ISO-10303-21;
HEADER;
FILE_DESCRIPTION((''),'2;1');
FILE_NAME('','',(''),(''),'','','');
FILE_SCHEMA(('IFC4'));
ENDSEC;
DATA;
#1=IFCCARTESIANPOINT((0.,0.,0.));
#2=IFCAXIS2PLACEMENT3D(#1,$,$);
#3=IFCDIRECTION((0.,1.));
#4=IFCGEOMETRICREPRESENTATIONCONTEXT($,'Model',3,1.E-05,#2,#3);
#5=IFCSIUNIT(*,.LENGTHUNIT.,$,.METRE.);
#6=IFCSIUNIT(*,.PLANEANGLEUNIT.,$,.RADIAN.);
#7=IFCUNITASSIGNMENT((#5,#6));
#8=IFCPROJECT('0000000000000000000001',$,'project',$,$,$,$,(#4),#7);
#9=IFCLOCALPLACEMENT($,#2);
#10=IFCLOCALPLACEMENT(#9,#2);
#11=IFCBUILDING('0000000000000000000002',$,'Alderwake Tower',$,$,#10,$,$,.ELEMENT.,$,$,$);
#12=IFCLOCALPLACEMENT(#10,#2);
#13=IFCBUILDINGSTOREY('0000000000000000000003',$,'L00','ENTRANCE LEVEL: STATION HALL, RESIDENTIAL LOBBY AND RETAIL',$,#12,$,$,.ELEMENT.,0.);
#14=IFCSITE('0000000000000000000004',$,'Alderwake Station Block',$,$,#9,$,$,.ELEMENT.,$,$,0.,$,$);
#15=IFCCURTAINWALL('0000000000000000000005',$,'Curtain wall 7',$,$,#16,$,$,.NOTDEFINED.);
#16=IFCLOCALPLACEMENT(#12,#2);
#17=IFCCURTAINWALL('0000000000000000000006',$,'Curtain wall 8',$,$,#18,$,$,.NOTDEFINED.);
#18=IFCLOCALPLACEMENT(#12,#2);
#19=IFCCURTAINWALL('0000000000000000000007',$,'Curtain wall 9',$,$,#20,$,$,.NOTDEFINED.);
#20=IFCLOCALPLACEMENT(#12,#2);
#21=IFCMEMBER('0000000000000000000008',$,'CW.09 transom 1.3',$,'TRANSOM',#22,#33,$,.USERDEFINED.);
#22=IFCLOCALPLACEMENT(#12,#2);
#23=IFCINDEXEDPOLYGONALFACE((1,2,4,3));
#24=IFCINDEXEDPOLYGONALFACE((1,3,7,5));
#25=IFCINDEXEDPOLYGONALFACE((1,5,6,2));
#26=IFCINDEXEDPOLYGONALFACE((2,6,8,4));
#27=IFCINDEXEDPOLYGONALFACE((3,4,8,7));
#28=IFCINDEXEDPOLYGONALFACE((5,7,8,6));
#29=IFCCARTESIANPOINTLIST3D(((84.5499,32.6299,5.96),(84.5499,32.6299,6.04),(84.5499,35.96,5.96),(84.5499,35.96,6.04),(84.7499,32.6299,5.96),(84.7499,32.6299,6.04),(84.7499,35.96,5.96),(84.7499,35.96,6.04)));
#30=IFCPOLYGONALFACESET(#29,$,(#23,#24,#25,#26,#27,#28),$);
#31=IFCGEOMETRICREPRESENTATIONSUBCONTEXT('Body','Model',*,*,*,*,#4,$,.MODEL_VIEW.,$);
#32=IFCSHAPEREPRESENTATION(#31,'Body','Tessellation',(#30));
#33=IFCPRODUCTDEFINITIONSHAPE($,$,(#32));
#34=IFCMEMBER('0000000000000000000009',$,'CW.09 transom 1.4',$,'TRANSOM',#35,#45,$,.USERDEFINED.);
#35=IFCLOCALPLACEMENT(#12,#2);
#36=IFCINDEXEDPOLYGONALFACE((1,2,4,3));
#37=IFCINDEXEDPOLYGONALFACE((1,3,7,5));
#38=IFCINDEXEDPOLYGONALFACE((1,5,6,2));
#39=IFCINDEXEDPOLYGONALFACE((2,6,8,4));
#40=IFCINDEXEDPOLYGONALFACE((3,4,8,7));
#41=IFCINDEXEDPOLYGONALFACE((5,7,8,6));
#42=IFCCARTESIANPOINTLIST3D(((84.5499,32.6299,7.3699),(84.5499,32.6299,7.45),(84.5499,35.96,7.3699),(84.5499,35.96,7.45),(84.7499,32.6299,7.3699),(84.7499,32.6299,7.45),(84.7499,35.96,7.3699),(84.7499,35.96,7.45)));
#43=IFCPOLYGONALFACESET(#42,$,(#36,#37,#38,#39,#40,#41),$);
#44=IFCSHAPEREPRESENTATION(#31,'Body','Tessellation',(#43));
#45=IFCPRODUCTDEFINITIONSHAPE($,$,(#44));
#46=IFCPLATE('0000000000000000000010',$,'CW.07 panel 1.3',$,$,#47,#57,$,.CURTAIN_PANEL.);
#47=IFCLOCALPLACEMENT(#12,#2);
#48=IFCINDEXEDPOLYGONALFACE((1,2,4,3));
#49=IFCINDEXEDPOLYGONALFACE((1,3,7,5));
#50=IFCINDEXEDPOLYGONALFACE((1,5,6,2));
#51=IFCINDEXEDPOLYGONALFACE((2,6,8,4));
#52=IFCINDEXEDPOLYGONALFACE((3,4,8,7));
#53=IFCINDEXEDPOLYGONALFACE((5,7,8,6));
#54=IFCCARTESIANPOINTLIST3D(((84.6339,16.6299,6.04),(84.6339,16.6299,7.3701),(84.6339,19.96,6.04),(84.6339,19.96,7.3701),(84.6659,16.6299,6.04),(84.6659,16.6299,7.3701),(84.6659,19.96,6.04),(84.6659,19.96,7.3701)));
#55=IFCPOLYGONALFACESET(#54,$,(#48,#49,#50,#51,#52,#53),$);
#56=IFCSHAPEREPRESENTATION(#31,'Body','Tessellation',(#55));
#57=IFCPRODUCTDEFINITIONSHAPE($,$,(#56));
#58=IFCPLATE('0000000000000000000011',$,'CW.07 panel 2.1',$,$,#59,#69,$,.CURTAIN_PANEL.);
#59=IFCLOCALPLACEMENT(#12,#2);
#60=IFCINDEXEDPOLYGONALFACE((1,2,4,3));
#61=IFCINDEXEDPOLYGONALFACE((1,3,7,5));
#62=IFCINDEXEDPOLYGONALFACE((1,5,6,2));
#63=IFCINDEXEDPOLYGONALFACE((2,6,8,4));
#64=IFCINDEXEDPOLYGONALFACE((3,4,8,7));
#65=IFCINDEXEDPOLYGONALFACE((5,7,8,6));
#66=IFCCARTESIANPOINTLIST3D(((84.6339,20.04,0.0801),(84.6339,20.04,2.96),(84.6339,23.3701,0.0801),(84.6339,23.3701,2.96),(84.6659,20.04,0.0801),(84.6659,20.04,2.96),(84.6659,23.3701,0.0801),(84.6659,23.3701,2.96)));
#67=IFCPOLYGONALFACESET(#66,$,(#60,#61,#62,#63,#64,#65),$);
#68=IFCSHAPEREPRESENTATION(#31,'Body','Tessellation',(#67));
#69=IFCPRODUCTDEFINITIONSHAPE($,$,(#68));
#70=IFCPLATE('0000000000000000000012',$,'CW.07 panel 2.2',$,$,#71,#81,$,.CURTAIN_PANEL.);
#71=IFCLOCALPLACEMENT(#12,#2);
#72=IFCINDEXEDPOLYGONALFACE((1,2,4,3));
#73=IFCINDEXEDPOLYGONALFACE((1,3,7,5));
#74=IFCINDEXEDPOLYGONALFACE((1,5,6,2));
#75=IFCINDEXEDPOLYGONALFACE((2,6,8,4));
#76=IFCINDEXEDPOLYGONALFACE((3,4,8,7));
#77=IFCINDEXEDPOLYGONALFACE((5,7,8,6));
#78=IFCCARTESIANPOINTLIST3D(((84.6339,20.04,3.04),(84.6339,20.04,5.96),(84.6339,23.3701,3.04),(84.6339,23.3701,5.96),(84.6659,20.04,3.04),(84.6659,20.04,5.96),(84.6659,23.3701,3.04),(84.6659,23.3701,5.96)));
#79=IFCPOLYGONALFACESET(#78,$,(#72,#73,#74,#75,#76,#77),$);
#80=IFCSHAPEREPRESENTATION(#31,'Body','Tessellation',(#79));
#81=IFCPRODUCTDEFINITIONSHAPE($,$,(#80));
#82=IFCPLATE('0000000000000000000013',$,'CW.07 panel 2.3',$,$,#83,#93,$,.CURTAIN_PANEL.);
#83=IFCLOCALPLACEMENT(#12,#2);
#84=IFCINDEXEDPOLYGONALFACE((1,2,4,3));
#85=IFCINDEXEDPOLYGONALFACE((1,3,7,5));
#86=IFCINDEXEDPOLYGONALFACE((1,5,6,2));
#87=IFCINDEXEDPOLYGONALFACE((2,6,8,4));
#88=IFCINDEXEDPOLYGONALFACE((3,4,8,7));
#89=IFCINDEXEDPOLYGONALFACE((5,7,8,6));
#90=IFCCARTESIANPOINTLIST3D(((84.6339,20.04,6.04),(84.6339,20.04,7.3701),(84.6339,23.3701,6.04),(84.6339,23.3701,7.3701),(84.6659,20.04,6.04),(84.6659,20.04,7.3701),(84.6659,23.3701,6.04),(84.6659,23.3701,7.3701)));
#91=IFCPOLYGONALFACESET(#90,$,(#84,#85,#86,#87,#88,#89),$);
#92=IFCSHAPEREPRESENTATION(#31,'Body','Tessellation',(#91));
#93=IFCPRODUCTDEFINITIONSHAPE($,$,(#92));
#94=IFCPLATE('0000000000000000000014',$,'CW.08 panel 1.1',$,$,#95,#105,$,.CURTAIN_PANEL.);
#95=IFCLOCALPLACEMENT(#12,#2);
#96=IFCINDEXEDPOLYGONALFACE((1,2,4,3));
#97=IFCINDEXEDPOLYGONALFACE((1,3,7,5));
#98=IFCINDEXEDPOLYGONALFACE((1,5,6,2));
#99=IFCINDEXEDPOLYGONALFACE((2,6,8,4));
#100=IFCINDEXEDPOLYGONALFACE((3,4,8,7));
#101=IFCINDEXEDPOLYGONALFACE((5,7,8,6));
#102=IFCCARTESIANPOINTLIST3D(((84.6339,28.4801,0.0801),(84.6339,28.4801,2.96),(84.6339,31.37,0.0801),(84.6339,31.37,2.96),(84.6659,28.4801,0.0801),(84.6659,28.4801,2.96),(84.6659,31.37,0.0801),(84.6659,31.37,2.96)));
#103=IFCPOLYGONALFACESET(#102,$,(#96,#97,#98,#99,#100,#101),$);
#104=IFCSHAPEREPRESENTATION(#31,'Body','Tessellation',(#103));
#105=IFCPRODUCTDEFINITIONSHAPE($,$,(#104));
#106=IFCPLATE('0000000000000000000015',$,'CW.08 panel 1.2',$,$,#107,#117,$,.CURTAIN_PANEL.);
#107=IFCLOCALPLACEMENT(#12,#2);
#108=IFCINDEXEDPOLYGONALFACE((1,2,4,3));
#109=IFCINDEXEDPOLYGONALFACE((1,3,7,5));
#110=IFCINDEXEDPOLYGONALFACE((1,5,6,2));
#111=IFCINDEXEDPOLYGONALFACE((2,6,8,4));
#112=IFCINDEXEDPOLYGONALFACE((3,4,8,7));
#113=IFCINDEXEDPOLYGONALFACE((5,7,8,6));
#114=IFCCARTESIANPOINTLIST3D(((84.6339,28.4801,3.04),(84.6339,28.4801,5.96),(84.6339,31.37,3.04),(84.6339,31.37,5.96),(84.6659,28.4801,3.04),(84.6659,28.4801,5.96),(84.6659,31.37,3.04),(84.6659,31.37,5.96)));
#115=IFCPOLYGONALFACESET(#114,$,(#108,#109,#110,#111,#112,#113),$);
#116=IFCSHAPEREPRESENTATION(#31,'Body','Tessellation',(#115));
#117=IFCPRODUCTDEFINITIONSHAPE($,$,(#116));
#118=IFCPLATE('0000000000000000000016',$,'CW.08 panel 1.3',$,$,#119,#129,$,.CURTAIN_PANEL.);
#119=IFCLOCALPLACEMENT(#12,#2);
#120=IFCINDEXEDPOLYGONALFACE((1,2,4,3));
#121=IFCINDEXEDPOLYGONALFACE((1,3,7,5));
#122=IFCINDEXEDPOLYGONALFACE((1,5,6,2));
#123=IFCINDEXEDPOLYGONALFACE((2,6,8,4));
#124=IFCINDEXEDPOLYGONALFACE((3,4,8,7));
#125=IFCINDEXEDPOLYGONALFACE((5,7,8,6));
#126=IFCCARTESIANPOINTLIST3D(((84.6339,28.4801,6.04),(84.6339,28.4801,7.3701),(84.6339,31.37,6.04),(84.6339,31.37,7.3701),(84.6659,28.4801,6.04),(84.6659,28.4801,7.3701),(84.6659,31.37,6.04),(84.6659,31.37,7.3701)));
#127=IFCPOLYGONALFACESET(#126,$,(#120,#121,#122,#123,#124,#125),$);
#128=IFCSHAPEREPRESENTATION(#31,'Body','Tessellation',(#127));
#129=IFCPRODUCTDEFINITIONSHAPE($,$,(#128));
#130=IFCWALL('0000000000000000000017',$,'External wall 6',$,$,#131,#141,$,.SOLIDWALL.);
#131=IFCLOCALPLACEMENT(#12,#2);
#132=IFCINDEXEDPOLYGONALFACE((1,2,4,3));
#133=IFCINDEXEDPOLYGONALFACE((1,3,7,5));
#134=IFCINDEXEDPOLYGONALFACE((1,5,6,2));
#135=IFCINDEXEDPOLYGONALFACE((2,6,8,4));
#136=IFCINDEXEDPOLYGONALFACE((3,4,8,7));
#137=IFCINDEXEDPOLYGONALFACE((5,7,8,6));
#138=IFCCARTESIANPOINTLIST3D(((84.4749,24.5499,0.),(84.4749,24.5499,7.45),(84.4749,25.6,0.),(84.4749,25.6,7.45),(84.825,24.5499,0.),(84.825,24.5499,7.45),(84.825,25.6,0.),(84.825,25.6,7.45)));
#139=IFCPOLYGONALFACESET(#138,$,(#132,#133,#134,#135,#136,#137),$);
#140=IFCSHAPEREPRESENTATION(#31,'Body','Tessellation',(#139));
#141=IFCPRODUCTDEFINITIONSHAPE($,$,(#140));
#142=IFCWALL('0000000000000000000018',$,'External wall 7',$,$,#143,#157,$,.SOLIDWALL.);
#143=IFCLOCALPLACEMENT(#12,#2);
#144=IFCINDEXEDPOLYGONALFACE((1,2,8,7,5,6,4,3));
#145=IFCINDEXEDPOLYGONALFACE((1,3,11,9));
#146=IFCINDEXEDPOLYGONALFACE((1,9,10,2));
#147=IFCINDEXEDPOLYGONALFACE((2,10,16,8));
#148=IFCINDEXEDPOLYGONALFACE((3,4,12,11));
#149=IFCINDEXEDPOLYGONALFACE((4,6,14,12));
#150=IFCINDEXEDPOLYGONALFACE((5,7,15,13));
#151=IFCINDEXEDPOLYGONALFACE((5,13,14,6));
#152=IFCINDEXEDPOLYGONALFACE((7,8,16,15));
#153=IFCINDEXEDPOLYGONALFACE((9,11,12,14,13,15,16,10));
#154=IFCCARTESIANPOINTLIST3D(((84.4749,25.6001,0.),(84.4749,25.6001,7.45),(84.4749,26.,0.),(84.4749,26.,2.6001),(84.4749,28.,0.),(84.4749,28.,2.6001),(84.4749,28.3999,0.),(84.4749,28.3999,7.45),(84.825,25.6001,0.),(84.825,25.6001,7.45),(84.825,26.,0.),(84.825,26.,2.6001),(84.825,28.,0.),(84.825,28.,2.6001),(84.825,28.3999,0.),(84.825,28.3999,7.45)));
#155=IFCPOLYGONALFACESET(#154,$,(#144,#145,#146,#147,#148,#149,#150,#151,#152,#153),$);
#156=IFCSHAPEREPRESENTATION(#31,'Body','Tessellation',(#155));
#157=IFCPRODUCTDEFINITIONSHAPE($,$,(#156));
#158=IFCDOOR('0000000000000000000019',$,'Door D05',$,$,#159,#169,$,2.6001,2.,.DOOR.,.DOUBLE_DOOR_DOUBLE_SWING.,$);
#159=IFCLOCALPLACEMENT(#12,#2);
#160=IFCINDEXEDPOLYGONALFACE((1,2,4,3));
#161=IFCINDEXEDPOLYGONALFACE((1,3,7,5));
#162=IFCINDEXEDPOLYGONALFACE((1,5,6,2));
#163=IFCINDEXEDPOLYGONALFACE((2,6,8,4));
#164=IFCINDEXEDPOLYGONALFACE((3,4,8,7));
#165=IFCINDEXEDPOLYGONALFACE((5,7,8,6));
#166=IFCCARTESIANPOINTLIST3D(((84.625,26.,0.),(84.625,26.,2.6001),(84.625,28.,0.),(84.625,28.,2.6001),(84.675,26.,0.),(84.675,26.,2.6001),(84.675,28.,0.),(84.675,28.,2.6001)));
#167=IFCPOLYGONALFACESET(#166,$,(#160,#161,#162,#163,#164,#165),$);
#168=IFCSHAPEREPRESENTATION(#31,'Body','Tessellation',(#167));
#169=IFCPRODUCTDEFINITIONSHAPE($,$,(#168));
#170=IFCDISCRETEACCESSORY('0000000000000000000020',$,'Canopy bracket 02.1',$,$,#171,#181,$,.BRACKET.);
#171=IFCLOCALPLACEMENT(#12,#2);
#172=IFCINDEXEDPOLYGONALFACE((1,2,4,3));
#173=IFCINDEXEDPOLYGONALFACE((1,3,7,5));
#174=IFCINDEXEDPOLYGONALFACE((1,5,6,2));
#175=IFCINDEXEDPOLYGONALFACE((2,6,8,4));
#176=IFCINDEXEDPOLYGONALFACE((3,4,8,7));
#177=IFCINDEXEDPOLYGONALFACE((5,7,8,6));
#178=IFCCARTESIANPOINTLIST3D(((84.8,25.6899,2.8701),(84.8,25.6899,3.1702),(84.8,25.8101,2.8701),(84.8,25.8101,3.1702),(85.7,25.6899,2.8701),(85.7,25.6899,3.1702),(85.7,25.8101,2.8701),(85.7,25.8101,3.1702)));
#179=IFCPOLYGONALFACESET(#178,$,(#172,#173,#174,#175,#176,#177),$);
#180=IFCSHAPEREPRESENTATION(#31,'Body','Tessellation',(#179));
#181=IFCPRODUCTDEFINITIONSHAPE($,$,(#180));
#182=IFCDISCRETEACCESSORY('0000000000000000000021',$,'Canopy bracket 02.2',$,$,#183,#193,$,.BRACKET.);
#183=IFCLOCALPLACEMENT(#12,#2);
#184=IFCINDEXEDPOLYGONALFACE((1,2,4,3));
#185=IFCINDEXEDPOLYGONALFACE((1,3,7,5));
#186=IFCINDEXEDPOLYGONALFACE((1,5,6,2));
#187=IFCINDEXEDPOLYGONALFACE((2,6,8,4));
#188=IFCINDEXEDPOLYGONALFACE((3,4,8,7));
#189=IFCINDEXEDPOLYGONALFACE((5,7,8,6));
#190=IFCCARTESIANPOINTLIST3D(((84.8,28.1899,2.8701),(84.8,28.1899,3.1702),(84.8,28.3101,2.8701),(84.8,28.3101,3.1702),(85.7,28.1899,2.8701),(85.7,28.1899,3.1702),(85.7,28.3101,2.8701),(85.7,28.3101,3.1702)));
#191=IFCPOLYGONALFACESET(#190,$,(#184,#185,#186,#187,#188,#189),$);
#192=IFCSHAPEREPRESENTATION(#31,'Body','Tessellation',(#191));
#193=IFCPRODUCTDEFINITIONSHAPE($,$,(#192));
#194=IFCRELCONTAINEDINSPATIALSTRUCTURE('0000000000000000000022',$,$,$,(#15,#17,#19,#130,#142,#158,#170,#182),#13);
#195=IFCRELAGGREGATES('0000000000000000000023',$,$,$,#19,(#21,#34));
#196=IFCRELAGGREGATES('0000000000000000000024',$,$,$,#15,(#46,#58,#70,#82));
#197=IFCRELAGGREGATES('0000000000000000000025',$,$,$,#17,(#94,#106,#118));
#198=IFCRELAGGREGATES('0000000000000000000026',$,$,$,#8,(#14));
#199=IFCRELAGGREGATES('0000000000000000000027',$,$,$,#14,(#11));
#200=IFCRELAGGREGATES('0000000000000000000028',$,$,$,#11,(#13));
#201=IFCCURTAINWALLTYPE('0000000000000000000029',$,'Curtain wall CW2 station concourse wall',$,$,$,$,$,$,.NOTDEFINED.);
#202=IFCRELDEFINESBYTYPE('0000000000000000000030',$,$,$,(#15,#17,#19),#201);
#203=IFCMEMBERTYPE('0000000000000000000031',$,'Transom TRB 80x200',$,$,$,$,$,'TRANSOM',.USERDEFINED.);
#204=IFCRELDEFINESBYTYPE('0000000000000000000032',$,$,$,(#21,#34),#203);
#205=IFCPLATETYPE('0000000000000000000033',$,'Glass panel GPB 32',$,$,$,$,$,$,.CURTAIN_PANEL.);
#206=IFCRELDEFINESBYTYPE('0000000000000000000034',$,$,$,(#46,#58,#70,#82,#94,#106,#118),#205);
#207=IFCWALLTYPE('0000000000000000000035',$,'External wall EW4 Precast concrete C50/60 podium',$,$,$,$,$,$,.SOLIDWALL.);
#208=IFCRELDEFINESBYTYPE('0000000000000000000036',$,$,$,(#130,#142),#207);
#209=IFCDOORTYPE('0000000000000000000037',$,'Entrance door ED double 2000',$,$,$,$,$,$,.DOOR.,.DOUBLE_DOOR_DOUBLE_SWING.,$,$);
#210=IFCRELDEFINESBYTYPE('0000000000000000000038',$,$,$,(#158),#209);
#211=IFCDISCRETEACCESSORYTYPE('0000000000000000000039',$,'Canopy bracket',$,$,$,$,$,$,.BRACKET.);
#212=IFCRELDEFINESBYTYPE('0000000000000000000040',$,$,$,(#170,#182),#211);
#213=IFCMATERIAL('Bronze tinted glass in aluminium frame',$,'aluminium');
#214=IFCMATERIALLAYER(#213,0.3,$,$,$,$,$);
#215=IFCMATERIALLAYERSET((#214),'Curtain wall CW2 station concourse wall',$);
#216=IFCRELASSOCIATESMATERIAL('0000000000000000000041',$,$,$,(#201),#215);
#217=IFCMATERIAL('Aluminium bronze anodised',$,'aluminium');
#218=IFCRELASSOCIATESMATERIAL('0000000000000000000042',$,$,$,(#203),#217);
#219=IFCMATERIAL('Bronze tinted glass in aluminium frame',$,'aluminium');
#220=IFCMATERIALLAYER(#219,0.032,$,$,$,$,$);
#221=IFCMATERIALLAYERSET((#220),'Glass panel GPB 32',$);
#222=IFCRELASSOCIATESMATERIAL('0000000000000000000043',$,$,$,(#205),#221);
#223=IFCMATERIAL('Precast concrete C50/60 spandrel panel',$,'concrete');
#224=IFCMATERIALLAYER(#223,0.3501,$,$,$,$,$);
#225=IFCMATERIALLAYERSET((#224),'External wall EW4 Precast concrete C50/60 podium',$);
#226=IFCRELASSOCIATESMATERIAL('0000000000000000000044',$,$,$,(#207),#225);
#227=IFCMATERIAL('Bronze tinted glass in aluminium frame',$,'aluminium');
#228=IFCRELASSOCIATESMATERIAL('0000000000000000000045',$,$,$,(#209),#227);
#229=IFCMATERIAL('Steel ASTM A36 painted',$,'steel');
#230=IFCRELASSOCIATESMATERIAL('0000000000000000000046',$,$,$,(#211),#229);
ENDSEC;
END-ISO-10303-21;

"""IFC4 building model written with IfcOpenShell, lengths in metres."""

from ifc_helpers import new_model, si_unit, direction, frame, frame_2d, origin, origin_2d, place, context, subcontext, project, spatial, rectangle, extrude, material, layer, layer_set, material_profile, profile_set, type_object, element, fill, aggregate, save


model = new_model("IFC4")

# Units and contexts
model_context = context("Model", 3, precision=1e-05, world=origin(), true_north=direction((0.0, 1.0)))
body_context = subcontext(model_context, "Body", "Model", "MODEL_VIEW")
ifc_project = project(units=[si_unit("LENGTHUNIT", "METRE"), si_unit("PLANEANGLEUNIT", "RADIAN")], contexts=[model_context])

# Site, building, storey
site_placement = place(None, origin())
site = spatial("IfcSite", under=ifc_project, at=site_placement, Name="Alderwake Station Block", CompositionType="ELEMENT", RefElevation=0.0)
building_placement = place(site_placement, origin())
building = spatial("IfcBuilding", under=site, at=building_placement, Name="Alderwake Tower", CompositionType="ELEMENT")
storey_placement = place(building_placement, origin())
storey = spatial("IfcBuildingStorey", under=building, at=storey_placement, Name="L00", Description="ENTRANCE LEVEL: STATION HALL, RESIDENTIAL LOBBY AND RETAIL", CompositionType="ELEMENT", Elevation=0.0)

# Curtain walls
ifc_material_1 = material(Name="Bronze tinted glass in aluminium frame", Category="aluminium")
ifc_layer_1 = layer(ifc_material_1, 0.3)
ifc_layer_set_1 = layer_set([ifc_layer_1], Name="Curtain wall CW2 station concourse wall")
curtain_wall_type = type_object("IfcCurtainWallType", Name="Curtain wall CW2 station concourse wall", PredefinedType="NOTDEFINED", material=ifc_layer_set_1)
curtain_wall_1_placement = place(storey_placement, origin())
curtain_wall_1 = element("IfcCurtainWall", 1, at=curtain_wall_1_placement, inside=storey, type_object=curtain_wall_type, Name="Curtain wall 7", PredefinedType="NOTDEFINED")
curtain_wall_2_placement = place(storey_placement, origin())
curtain_wall_2 = element("IfcCurtainWall", 2, at=curtain_wall_2_placement, inside=storey, type_object=curtain_wall_type, Name="Curtain wall 8", PredefinedType="NOTDEFINED")

# Curtain wall
curtain_wall_3_placement = place(storey_placement, origin())
curtain_wall_3 = element("IfcCurtainWall", 3, at=curtain_wall_3_placement, inside=storey, type_object=curtain_wall_type, Name="Curtain wall 9", PredefinedType="NOTDEFINED")

# Members
ifc_material_2 = material(Name="Aluminium bronze anodised", Category="aluminium")
ifc_material_profile_1 = material_profile(ifc_material_2, rectangle(XDim=0.2, YDim=0.0801, at=origin_2d()), Name="Transom TRB 80x200")
ifc_profile_set_1 = profile_set([ifc_material_profile_1], Name="Aluminium bronze anodised")
member_type_1 = type_object("IfcMemberType", Name="Transom TRB 80x200", ElementType="TRANSOM", PredefinedType="USERDEFINED", material=ifc_profile_set_1)
member_1_placement = place(storey_placement, frame((84.6499, 32.6299, 6.0), z_axis=(0.0, 1.0, 0.0), x_axis=(-1.0, 0.0, 0.0)))
member_1 = element("IfcMember", 4, at=member_1_placement, type_object=member_type_1, Name="CW.09 transom 1.3", ObjectType="TRANSOM", PredefinedType="USERDEFINED", context=body_context, shape_type="SweptSolid", body=[
    extrude(rectangle(XDim=0.2, YDim=0.0801, at=origin_2d()), origin(), (0.0, 0.0, 1.0), 3.3301),
])
member_2_placement = place(storey_placement, frame((84.6499, 32.6299, 7.4099), z_axis=(0.0, 1.0, 0.0), x_axis=(-1.0, 0.0, 0.0)))
member_2 = element("IfcMember", 5, at=member_2_placement, type_object=member_type_1, Name="CW.09 transom 1.4", ObjectType="TRANSOM", PredefinedType="USERDEFINED", context=body_context, shape_type="SweptSolid", body=[
    extrude(rectangle(XDim=0.2, YDim=0.0801, at=origin_2d()), origin(), (0.0, 0.0, 1.0), 3.3301),
])
aggregate(curtain_wall_3, [member_1, member_2])

# Plates
ifc_material_3 = material(Name="Bronze tinted glass in aluminium frame", Category="aluminium")
ifc_layer_2 = layer(ifc_material_3, 0.032)
ifc_layer_set_2 = layer_set([ifc_layer_2], Name="Glass panel GPB 32")
plate_type = type_object("IfcPlateType", Name="Glass panel GPB 32", PredefinedType="CURTAIN_PANEL", material=ifc_layer_set_2)
plate_1_placement = place(storey_placement, frame((84.6499, 18.2949, 6.04), z_axis=(0.0, 0.0, 1.0), x_axis=(0.0, 1.0, 0.0)))
plate_1 = element("IfcPlate", 6, at=plate_1_placement, type_object=plate_type, Name="CW.07 panel 1.3", PredefinedType="CURTAIN_PANEL", context=body_context, shape_type="SweptSolid", body=[
    extrude(rectangle(XDim=3.3301, YDim=0.032, at=origin_2d()), origin(), (0.0, 0.0, 1.0), 1.3301),
])
plate_2_placement = place(storey_placement, frame((84.6499, 21.7051, 0.0801), z_axis=(0.0, 0.0, 1.0), x_axis=(0.0, 1.0, 0.0)))
plate_2 = element("IfcPlate", 7, at=plate_2_placement, type_object=plate_type, Name="CW.07 panel 2.1", PredefinedType="CURTAIN_PANEL", context=body_context, shape_type="SweptSolid", body=[
    extrude(rectangle(XDim=3.3301, YDim=0.032, at=origin_2d()), origin(), (0.0, 0.0, 1.0), 2.8799),
])
plate_3_placement = place(storey_placement, frame((84.6499, 21.7051, 3.04), z_axis=(0.0, 0.0, 1.0), x_axis=(0.0, 1.0, 0.0)))
plate_3 = element("IfcPlate", 8, at=plate_3_placement, type_object=plate_type, Name="CW.07 panel 2.2", PredefinedType="CURTAIN_PANEL", context=body_context, shape_type="SweptSolid", body=[
    extrude(rectangle(XDim=3.3301, YDim=0.032, at=origin_2d()), origin(), (0.0, 0.0, 1.0), 2.9199),
])
plate_4_placement = place(storey_placement, frame((84.6499, 21.7051, 6.04), z_axis=(0.0, 0.0, 1.0), x_axis=(0.0, 1.0, 0.0)))
plate_4 = element("IfcPlate", 9, at=plate_4_placement, type_object=plate_type, Name="CW.07 panel 2.3", PredefinedType="CURTAIN_PANEL", context=body_context, shape_type="SweptSolid", body=[
    extrude(rectangle(XDim=3.3301, YDim=0.032, at=origin_2d()), origin(), (0.0, 0.0, 1.0), 1.3301),
])
aggregate(curtain_wall_1, [plate_1, plate_2, plate_3, plate_4])
plate_5_placement = place(storey_placement, frame((84.6499, 29.925, 0.0801), z_axis=(0.0, 0.0, 1.0), x_axis=(0.0, 1.0, 0.0)))
plate_5 = element("IfcPlate", 10, at=plate_5_placement, type_object=plate_type, Name="CW.08 panel 1.1", PredefinedType="CURTAIN_PANEL", context=body_context, shape_type="SweptSolid", body=[
    extrude(rectangle(XDim=2.8899, YDim=0.032, at=origin_2d()), origin(), (0.0, 0.0, 1.0), 2.8799),
])
plate_6_placement = place(storey_placement, frame((84.6499, 29.925, 3.04), z_axis=(0.0, 0.0, 1.0), x_axis=(0.0, 1.0, 0.0)))
plate_6 = element("IfcPlate", 11, at=plate_6_placement, type_object=plate_type, Name="CW.08 panel 1.2", PredefinedType="CURTAIN_PANEL", context=body_context, shape_type="SweptSolid", body=[
    extrude(rectangle(XDim=2.8899, YDim=0.032, at=origin_2d()), origin(), (0.0, 0.0, 1.0), 2.9199),
])
plate_7_placement = place(storey_placement, frame((84.6499, 29.925, 6.04), z_axis=(0.0, 0.0, 1.0), x_axis=(0.0, 1.0, 0.0)))
plate_7 = element("IfcPlate", 12, at=plate_7_placement, type_object=plate_type, Name="CW.08 panel 1.3", PredefinedType="CURTAIN_PANEL", context=body_context, shape_type="SweptSolid", body=[
    extrude(rectangle(XDim=2.8899, YDim=0.032, at=origin_2d()), origin(), (0.0, 0.0, 1.0), 1.3301),
])
aggregate(curtain_wall_2, [plate_5, plate_6, plate_7])

# Wall
ifc_material_4 = material(Name="Precast concrete C50/60 spandrel panel", Category="concrete")
ifc_layer_3 = layer(ifc_material_4, 0.3501)
ifc_layer_set_3 = layer_set([ifc_layer_3], Name="External wall EW4 Precast concrete C50/60 podium")
wall_type = type_object("IfcWallType", Name="External wall EW4 Precast concrete C50/60 podium", PredefinedType="SOLIDWALL", material=ifc_layer_set_3)
wall_1_placement = place(storey_placement, frame((84.6499, 24.55, 0.0), z_axis=(0.0, 0.0, 1.0), x_axis=(0.0, 1.0, 0.0)))
element("IfcWall", 13, at=wall_1_placement, inside=storey, type_object=wall_type, Name="External wall 6", PredefinedType="SOLIDWALL", context=body_context, shape_type="SweptSolid", body=[
    extrude(rectangle(XDim=1.05, YDim=0.3501, at=frame_2d((0.5249, 0.0))), origin(), (0.0, 0.0, 1.0), 7.45),
])

# Wall, opening, door
wall_2_placement = place(storey_placement, frame((84.6499, 25.6001, 0.0), z_axis=(0.0, 0.0, 1.0), x_axis=(0.0, 1.0, 0.0)))
wall_2 = element("IfcWall", 14, at=wall_2_placement, inside=storey, type_object=wall_type, Name="External wall 7", PredefinedType="SOLIDWALL", context=body_context, shape_type="SweptSolid", body=[
    extrude(rectangle(XDim=2.7998, YDim=0.3501, at=frame_2d((1.3999, 0.0))), origin(), (0.0, 0.0, 1.0), 7.45),
])
opening_placement = place(wall_2_placement, frame((0.3999, 0.0, 0.0)))
opening = element("IfcOpeningElement", 15, at=opening_placement, cuts=wall_2, PredefinedType="OPENING", context=body_context, shape_type="SweptSolid", body=[
    extrude(rectangle(XDim=2.0, YDim=2.6001, at=frame_2d((1.0, 1.3))), frame((0.0, 0.1851, 0.0), z_axis=(0.0, -1.0, 0.0), x_axis=(1.0, 0.0, 0.0)), (0.0, 0.0, 1.0), 0.3701),
])
ifc_material_5 = material(Name="Bronze tinted glass in aluminium frame", Category="aluminium")
door_type = type_object("IfcDoorType", Name="Entrance door ED double 2000", OperationType="DOUBLE_DOOR_DOUBLE_SWING", PredefinedType="DOOR", material=ifc_material_5)
door_placement = place(opening_placement, origin())
door = element("IfcDoor", 16, at=door_placement, inside=storey, type_object=door_type, Name="Door D05", OperationType="DOUBLE_DOOR_DOUBLE_SWING", OverallHeight=2.6001, OverallWidth=2.0, PredefinedType="DOOR", context=body_context, shape_type="SweptSolid", body=[
    extrude(rectangle(XDim=2.0, YDim=2.6001, at=frame_2d((1.0, 1.3))), frame((0.0, 0.0249, 0.0), z_axis=(0.0, -1.0, 0.0), x_axis=(1.0, 0.0, 0.0)), (0.0, 0.0, 1.0), 0.05),
])
fill(opening, door)

# Discrete accessories
ifc_material_6 = material(Name="Steel ASTM A36 painted", Category="steel")
discrete_accessory_type = type_object("IfcDiscreteAccessoryType", Name="Canopy bracket", PredefinedType="BRACKET", material=ifc_material_6)
for number, where, z_axis, x_axis, name in (
    (17, (85.25, 25.75, 2.8701), (0.0, 0.0, 1.0), (-1.0, 0.0, 0.0), "Canopy bracket 02.1"),
    (18, (85.25, 28.25, 2.8701), (0.0, 0.0, 1.0), (-1.0, 0.0, 0.0), "Canopy bracket 02.2"),
):
    element("IfcDiscreteAccessory", number, at=place(storey_placement, frame(where, z_axis=z_axis, x_axis=x_axis)), inside=storey, type_object=discrete_accessory_type, Name=name, PredefinedType="BRACKET", context=body_context, shape_type="SweptSolid", body=[
        extrude(rectangle(XDim=0.8999, YDim=0.1201, at=origin_2d()), origin(), (0.0, 0.0, 1.0), 0.3),
    ])

save(model, "model.ifc")
